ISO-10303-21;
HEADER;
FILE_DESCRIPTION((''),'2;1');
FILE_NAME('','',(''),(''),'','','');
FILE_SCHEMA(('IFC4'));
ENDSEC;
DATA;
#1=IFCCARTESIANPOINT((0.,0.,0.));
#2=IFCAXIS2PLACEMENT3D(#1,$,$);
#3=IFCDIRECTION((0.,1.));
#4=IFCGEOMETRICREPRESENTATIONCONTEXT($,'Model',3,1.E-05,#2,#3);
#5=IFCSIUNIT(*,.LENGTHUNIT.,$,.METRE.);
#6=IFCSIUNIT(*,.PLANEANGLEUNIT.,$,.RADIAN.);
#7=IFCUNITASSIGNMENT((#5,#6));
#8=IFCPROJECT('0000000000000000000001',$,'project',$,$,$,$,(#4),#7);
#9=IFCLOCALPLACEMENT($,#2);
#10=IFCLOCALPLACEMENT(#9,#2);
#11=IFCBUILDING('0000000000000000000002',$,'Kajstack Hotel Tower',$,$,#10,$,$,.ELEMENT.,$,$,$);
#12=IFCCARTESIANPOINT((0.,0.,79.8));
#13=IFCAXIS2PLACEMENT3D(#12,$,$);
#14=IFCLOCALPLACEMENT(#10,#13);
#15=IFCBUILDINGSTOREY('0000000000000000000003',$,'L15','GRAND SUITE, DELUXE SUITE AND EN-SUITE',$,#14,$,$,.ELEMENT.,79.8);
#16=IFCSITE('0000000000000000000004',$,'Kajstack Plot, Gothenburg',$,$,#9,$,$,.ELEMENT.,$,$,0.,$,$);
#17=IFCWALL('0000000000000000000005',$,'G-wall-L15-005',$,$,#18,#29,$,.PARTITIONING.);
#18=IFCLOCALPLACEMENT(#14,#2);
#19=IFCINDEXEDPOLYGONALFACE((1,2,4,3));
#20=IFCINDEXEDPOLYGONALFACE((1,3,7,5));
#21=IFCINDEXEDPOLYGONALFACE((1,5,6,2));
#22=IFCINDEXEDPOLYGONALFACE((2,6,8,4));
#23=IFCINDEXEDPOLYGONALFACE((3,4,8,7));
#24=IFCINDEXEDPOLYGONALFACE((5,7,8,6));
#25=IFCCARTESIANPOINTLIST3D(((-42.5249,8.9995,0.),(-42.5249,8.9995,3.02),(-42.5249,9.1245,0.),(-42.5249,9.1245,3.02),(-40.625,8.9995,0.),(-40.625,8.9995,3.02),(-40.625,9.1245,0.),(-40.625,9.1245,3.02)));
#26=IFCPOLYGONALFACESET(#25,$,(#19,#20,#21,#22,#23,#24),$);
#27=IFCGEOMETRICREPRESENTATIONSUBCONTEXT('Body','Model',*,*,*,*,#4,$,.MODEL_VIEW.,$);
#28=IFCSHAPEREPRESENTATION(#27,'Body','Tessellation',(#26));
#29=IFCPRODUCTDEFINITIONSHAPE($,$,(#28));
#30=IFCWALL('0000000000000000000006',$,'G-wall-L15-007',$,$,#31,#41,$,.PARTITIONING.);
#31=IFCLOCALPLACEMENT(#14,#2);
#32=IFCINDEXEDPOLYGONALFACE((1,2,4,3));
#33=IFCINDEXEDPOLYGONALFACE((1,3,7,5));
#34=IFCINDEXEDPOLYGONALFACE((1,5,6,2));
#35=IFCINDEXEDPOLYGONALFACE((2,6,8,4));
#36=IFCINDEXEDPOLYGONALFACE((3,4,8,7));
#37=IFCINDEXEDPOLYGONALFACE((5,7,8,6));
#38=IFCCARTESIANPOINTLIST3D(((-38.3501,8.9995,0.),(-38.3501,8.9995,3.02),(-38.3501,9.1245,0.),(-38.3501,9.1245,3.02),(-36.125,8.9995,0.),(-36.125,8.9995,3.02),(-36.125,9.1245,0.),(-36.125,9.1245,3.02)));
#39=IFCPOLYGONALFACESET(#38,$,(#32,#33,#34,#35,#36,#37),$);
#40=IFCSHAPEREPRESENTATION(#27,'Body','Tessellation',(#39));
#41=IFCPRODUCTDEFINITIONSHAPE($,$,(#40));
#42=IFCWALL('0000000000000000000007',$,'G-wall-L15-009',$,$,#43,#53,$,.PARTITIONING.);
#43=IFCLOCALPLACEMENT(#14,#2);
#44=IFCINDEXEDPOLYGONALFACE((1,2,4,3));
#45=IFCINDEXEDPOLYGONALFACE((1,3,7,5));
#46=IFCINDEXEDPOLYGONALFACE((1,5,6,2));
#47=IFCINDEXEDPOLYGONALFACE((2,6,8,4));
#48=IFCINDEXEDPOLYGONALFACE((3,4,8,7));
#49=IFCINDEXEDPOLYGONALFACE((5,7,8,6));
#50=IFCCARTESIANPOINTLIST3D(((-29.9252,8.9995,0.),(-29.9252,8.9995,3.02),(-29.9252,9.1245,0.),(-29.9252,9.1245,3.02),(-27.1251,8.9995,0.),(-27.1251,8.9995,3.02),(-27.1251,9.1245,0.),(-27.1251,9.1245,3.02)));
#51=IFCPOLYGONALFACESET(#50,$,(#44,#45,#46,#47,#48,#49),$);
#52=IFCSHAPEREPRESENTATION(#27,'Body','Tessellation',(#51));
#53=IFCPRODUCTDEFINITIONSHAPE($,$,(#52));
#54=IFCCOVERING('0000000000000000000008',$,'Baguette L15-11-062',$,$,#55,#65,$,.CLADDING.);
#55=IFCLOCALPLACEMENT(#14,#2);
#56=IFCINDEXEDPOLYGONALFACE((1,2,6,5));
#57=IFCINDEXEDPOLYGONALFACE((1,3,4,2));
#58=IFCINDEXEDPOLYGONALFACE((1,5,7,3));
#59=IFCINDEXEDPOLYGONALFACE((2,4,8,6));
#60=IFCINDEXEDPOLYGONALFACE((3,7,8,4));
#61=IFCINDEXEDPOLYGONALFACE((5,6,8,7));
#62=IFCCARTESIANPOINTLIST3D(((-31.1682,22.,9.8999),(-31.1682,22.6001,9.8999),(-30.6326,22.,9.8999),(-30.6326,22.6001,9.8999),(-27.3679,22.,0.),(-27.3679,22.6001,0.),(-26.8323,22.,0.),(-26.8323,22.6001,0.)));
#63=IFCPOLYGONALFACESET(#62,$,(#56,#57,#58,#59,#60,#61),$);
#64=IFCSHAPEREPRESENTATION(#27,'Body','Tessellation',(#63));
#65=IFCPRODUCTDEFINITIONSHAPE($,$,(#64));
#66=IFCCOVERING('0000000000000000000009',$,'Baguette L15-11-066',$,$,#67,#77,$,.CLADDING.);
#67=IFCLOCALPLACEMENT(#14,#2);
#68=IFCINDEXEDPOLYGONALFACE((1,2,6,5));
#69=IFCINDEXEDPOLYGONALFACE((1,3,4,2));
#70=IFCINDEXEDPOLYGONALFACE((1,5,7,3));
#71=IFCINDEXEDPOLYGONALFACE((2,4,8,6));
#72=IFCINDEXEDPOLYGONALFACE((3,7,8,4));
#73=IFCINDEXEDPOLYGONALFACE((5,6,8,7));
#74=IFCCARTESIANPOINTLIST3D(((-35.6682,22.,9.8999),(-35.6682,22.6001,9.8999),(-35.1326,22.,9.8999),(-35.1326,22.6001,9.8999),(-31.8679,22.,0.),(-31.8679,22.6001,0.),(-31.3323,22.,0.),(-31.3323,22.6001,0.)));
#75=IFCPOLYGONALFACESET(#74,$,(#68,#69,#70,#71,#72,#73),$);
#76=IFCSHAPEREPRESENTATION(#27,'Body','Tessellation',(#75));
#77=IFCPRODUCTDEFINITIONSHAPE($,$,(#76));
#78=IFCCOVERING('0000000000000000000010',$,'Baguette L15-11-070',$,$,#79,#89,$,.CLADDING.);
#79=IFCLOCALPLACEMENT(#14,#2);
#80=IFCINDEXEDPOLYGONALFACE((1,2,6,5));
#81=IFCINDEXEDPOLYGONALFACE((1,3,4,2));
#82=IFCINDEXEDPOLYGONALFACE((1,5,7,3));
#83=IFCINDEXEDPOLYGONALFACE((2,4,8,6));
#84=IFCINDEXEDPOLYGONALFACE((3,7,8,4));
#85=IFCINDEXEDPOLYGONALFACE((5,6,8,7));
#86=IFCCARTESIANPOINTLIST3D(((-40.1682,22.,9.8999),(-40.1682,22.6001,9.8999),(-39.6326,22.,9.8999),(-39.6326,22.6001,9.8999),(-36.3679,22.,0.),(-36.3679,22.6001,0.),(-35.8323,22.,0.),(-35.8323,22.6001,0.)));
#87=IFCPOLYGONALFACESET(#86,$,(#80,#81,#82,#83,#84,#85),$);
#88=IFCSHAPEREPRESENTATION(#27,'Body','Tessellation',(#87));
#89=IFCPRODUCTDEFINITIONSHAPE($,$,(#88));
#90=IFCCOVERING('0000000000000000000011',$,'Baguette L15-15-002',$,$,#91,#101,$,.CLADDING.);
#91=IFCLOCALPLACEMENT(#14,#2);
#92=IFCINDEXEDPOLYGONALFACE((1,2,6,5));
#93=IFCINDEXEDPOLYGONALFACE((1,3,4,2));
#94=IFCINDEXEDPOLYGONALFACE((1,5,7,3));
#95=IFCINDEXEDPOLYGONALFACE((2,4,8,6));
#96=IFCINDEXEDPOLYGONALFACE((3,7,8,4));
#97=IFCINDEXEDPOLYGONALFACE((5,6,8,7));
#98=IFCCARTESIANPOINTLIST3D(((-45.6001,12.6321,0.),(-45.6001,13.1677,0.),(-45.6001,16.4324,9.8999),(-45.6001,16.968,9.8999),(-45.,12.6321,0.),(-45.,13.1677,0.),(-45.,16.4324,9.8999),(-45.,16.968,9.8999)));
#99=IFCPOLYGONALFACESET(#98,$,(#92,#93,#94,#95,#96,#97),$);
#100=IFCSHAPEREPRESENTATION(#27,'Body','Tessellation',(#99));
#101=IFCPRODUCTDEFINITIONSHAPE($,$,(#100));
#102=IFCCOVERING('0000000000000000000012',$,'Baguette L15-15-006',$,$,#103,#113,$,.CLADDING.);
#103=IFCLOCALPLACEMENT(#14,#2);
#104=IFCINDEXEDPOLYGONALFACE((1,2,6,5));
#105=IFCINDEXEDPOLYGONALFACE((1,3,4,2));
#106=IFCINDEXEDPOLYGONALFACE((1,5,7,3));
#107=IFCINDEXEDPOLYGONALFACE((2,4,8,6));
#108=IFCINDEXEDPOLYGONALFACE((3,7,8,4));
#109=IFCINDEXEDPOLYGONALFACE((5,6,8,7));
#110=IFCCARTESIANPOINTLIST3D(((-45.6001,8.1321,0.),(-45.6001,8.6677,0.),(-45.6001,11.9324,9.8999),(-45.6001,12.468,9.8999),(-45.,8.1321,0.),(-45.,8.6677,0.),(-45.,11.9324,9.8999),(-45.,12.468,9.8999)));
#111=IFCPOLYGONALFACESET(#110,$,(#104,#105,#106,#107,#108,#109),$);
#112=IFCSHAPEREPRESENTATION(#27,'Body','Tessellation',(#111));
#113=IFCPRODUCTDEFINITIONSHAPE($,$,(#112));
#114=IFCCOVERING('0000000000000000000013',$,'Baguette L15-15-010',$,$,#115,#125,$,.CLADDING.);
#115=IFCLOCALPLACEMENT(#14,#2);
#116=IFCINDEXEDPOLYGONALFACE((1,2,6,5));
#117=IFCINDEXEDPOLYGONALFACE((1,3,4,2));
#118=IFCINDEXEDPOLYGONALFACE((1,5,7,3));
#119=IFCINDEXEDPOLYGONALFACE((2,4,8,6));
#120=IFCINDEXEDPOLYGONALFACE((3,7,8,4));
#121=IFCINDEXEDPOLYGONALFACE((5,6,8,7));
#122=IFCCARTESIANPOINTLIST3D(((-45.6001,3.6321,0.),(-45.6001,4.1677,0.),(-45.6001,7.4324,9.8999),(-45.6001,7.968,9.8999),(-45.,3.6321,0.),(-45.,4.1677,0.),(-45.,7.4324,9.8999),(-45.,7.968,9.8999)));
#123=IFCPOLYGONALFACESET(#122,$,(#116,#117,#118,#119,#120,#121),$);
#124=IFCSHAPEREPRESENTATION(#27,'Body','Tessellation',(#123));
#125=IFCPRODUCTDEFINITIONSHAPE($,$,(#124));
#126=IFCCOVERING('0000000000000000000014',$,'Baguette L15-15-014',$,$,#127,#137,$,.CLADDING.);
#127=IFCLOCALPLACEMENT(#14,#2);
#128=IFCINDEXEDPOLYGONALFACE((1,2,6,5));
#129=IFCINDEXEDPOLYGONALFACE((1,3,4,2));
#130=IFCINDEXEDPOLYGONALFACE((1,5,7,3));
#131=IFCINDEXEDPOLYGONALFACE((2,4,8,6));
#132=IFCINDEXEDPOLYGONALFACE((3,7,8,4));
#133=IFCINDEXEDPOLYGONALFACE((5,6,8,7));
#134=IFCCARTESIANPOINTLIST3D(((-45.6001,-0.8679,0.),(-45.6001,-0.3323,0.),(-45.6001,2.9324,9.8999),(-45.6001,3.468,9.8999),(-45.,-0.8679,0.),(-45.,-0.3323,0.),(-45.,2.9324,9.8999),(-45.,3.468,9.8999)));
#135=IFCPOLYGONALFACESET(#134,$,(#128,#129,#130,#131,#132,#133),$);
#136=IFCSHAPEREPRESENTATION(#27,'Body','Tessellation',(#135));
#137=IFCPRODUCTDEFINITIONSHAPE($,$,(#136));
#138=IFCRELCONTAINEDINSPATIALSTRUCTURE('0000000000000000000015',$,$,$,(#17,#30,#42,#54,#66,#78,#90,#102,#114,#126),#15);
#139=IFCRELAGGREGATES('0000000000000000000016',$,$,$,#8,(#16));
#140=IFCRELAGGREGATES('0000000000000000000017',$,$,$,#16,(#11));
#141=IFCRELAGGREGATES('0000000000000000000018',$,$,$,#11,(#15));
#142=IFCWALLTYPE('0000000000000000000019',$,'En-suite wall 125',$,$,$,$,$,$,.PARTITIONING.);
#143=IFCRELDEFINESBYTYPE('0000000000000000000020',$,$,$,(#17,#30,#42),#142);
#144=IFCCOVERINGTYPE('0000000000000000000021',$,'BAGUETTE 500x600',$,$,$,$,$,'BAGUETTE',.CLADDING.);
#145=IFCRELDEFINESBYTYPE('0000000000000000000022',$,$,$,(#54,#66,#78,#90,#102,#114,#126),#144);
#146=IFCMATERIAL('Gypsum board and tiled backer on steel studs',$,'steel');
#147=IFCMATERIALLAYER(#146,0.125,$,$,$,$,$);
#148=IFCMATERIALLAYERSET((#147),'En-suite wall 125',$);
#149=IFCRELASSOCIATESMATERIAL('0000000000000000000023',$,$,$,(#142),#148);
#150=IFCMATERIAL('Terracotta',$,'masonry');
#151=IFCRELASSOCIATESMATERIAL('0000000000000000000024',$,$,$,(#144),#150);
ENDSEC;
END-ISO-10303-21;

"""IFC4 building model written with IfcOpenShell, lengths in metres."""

from ifc_helpers import new_model, si_unit, direction, frame, frame_2d, origin, origin_2d, place, context, subcontext, project, spatial, polyline, rectangle, outline, extrude, material, layer, layer_set, material_profile, profile_set, type_object, element, save


model = new_model("IFC4")

# Units and contexts
model_context = context("Model", 3, precision=1e-05, world=origin(), true_north=direction((0.0, 1.0)))
body_context = subcontext(model_context, "Body", "Model", "MODEL_VIEW")
ifc_project = project(units=[si_unit("LENGTHUNIT", "METRE"), si_unit("PLANEANGLEUNIT", "RADIAN")], contexts=[model_context])

# Site, building, storey
site_placement = place(None, origin())
site = spatial("IfcSite", under=ifc_project, at=site_placement, Name="Kajstack Plot, Gothenburg", CompositionType="ELEMENT", RefElevation=0.0)
building_placement = place(site_placement, origin())
building = spatial("IfcBuilding", under=site, at=building_placement, Name="Kajstack Hotel Tower", CompositionType="ELEMENT")
storey_placement = place(building_placement, frame((0.0, 0.0, 79.8)))
storey = spatial("IfcBuildingStorey", under=building, at=storey_placement, Name="L15", Description="GRAND SUITE, DELUXE SUITE AND EN-SUITE", CompositionType="ELEMENT", Elevation=79.8)

# Walls
ifc_material_1 = material(Name="Gypsum board and tiled backer on steel studs", Category="steel")
ifc_layer_1 = layer(ifc_material_1, 0.125)
ifc_layer_set_1 = layer_set([ifc_layer_1], Name="En-suite wall 125")
wall_type_1 = type_object("IfcWallType", Name="En-suite wall 125", PredefinedType="PARTITIONING", material=ifc_layer_set_1)
wall_1_placement = place(storey_placement, frame((-42.5249, 9.062, 0.0), z_axis=(0.0, 0.0, 1.0), x_axis=(1.0, 0.0, 0.0)))
element("IfcWall", 1, at=wall_1_placement, inside=storey, type_object=wall_type_1, Name="G-wall-L15-005", PredefinedType="PARTITIONING", context=body_context, shape_type="SweptSolid", body=[
    extrude(rectangle(XDim=1.8999, YDim=0.125, at=frame_2d((0.95, 0.0))), origin(), (0.0, 0.0, 1.0), 3.02),
])
wall_2_placement = place(storey_placement, frame((-38.3501, 9.062, 0.0), z_axis=(0.0, 0.0, 1.0), x_axis=(1.0, 0.0, 0.0)))
element("IfcWall", 2, at=wall_2_placement, inside=storey, type_object=wall_type_1, Name="G-wall-L15-007", PredefinedType="PARTITIONING", context=body_context, shape_type="SweptSolid", body=[
    extrude(rectangle(XDim=2.2251, YDim=0.125, at=frame_2d((1.1125, 0.0))), origin(), (0.0, 0.0, 1.0), 3.02),
])
wall_3_placement = place(storey_placement, frame((-29.925, 9.062, 0.0), z_axis=(0.0, 0.0, 1.0), x_axis=(1.0, 0.0, 0.0)))
element("IfcWall", 3, at=wall_3_placement, inside=storey, type_object=wall_type_1, Name="G-wall-L15-009", PredefinedType="PARTITIONING", context=body_context, shape_type="SweptSolid", body=[
    extrude(rectangle(XDim=2.8, YDim=0.125, at=frame_2d((1.3999, 0.0))), origin(), (0.0, 0.0, 1.0), 3.02),
])

# Coverings
ifc_material_2 = material(Name="Terracotta", Category="masonry")
ifc_material_profile = material_profile(ifc_material_2, rectangle(XDim=0.6001, YDim=0.5, at=origin_2d()), Name="Terracotta-clad concrete baguette 500 x 600")
ifc_profile_set = profile_set([ifc_material_profile], Name="Terracotta")
covering_type = type_object("IfcCoveringType", Name="BAGUETTE 500x600", ElementType="BAGUETTE", PredefinedType="CLADDING", material=ifc_profile_set)
for number, where, z_axis, x_axis, name in (
    (4, (-26.8323, 22.0, 0.0), (0.0, 1.0, 0.0), (-1.0, 0.0, 0.0), "Baguette L15-11-062"),
    (5, (-31.3323, 22.0, 0.0), (0.0, 1.0, 0.0), (-1.0, 0.0, 0.0), "Baguette L15-11-066"),
    (6, (-35.8323, 22.0, 0.0), (0.0, 1.0, 0.0), (-1.0, 0.0, 0.0), "Baguette L15-11-070"),
):
    element("IfcCovering", number, at=place(storey_placement, frame(where, z_axis=z_axis, x_axis=x_axis)), inside=storey, type_object=covering_type, Name=name, PredefinedType="CLADDING", context=body_context, shape_type="SweptSolid", body=[
        extrude(outline(polyline([(3.8003, 9.8999), (0.0, 0.0), (0.5356, 0.0), (4.3359, 9.8999), (3.8003, 9.8999)])), origin(), (0.0, 0.0, 1.0), 0.6001),
    ])
for number, where, z_axis, x_axis, name in (
    (7, (-45.0, 16.968, 0.0), (-1.0, 0.0, 0.0), (0.0, -1.0, 0.0), "Baguette L15-15-002"),
    (8, (-45.0, 12.468, 0.0), (-1.0, 0.0, 0.0), (0.0, -1.0, 0.0), "Baguette L15-15-006"),
    (9, (-45.0, 7.968, 0.0), (-1.0, 0.0, 0.0), (0.0, -1.0, 0.0), "Baguette L15-15-010"),
    (10, (-45.0, 3.468, 0.0), (-1.0, 0.0, 0.0), (0.0, -1.0, 0.0), "Baguette L15-15-014"),
):
    element("IfcCovering", number, at=place(storey_placement, frame(where, z_axis=z_axis, x_axis=x_axis)), inside=storey, type_object=covering_type, Name=name, PredefinedType="CLADDING", context=body_context, shape_type="SweptSolid", body=[
        extrude(outline(polyline([(0.0, 9.8999), (3.8003, 0.0), (4.3359, 0.0), (0.5356, 9.8999), (0.0, 9.8999)])), origin(), (0.0, 0.0, 1.0), 0.6001),
    ])

save(model, "model.ifc")
